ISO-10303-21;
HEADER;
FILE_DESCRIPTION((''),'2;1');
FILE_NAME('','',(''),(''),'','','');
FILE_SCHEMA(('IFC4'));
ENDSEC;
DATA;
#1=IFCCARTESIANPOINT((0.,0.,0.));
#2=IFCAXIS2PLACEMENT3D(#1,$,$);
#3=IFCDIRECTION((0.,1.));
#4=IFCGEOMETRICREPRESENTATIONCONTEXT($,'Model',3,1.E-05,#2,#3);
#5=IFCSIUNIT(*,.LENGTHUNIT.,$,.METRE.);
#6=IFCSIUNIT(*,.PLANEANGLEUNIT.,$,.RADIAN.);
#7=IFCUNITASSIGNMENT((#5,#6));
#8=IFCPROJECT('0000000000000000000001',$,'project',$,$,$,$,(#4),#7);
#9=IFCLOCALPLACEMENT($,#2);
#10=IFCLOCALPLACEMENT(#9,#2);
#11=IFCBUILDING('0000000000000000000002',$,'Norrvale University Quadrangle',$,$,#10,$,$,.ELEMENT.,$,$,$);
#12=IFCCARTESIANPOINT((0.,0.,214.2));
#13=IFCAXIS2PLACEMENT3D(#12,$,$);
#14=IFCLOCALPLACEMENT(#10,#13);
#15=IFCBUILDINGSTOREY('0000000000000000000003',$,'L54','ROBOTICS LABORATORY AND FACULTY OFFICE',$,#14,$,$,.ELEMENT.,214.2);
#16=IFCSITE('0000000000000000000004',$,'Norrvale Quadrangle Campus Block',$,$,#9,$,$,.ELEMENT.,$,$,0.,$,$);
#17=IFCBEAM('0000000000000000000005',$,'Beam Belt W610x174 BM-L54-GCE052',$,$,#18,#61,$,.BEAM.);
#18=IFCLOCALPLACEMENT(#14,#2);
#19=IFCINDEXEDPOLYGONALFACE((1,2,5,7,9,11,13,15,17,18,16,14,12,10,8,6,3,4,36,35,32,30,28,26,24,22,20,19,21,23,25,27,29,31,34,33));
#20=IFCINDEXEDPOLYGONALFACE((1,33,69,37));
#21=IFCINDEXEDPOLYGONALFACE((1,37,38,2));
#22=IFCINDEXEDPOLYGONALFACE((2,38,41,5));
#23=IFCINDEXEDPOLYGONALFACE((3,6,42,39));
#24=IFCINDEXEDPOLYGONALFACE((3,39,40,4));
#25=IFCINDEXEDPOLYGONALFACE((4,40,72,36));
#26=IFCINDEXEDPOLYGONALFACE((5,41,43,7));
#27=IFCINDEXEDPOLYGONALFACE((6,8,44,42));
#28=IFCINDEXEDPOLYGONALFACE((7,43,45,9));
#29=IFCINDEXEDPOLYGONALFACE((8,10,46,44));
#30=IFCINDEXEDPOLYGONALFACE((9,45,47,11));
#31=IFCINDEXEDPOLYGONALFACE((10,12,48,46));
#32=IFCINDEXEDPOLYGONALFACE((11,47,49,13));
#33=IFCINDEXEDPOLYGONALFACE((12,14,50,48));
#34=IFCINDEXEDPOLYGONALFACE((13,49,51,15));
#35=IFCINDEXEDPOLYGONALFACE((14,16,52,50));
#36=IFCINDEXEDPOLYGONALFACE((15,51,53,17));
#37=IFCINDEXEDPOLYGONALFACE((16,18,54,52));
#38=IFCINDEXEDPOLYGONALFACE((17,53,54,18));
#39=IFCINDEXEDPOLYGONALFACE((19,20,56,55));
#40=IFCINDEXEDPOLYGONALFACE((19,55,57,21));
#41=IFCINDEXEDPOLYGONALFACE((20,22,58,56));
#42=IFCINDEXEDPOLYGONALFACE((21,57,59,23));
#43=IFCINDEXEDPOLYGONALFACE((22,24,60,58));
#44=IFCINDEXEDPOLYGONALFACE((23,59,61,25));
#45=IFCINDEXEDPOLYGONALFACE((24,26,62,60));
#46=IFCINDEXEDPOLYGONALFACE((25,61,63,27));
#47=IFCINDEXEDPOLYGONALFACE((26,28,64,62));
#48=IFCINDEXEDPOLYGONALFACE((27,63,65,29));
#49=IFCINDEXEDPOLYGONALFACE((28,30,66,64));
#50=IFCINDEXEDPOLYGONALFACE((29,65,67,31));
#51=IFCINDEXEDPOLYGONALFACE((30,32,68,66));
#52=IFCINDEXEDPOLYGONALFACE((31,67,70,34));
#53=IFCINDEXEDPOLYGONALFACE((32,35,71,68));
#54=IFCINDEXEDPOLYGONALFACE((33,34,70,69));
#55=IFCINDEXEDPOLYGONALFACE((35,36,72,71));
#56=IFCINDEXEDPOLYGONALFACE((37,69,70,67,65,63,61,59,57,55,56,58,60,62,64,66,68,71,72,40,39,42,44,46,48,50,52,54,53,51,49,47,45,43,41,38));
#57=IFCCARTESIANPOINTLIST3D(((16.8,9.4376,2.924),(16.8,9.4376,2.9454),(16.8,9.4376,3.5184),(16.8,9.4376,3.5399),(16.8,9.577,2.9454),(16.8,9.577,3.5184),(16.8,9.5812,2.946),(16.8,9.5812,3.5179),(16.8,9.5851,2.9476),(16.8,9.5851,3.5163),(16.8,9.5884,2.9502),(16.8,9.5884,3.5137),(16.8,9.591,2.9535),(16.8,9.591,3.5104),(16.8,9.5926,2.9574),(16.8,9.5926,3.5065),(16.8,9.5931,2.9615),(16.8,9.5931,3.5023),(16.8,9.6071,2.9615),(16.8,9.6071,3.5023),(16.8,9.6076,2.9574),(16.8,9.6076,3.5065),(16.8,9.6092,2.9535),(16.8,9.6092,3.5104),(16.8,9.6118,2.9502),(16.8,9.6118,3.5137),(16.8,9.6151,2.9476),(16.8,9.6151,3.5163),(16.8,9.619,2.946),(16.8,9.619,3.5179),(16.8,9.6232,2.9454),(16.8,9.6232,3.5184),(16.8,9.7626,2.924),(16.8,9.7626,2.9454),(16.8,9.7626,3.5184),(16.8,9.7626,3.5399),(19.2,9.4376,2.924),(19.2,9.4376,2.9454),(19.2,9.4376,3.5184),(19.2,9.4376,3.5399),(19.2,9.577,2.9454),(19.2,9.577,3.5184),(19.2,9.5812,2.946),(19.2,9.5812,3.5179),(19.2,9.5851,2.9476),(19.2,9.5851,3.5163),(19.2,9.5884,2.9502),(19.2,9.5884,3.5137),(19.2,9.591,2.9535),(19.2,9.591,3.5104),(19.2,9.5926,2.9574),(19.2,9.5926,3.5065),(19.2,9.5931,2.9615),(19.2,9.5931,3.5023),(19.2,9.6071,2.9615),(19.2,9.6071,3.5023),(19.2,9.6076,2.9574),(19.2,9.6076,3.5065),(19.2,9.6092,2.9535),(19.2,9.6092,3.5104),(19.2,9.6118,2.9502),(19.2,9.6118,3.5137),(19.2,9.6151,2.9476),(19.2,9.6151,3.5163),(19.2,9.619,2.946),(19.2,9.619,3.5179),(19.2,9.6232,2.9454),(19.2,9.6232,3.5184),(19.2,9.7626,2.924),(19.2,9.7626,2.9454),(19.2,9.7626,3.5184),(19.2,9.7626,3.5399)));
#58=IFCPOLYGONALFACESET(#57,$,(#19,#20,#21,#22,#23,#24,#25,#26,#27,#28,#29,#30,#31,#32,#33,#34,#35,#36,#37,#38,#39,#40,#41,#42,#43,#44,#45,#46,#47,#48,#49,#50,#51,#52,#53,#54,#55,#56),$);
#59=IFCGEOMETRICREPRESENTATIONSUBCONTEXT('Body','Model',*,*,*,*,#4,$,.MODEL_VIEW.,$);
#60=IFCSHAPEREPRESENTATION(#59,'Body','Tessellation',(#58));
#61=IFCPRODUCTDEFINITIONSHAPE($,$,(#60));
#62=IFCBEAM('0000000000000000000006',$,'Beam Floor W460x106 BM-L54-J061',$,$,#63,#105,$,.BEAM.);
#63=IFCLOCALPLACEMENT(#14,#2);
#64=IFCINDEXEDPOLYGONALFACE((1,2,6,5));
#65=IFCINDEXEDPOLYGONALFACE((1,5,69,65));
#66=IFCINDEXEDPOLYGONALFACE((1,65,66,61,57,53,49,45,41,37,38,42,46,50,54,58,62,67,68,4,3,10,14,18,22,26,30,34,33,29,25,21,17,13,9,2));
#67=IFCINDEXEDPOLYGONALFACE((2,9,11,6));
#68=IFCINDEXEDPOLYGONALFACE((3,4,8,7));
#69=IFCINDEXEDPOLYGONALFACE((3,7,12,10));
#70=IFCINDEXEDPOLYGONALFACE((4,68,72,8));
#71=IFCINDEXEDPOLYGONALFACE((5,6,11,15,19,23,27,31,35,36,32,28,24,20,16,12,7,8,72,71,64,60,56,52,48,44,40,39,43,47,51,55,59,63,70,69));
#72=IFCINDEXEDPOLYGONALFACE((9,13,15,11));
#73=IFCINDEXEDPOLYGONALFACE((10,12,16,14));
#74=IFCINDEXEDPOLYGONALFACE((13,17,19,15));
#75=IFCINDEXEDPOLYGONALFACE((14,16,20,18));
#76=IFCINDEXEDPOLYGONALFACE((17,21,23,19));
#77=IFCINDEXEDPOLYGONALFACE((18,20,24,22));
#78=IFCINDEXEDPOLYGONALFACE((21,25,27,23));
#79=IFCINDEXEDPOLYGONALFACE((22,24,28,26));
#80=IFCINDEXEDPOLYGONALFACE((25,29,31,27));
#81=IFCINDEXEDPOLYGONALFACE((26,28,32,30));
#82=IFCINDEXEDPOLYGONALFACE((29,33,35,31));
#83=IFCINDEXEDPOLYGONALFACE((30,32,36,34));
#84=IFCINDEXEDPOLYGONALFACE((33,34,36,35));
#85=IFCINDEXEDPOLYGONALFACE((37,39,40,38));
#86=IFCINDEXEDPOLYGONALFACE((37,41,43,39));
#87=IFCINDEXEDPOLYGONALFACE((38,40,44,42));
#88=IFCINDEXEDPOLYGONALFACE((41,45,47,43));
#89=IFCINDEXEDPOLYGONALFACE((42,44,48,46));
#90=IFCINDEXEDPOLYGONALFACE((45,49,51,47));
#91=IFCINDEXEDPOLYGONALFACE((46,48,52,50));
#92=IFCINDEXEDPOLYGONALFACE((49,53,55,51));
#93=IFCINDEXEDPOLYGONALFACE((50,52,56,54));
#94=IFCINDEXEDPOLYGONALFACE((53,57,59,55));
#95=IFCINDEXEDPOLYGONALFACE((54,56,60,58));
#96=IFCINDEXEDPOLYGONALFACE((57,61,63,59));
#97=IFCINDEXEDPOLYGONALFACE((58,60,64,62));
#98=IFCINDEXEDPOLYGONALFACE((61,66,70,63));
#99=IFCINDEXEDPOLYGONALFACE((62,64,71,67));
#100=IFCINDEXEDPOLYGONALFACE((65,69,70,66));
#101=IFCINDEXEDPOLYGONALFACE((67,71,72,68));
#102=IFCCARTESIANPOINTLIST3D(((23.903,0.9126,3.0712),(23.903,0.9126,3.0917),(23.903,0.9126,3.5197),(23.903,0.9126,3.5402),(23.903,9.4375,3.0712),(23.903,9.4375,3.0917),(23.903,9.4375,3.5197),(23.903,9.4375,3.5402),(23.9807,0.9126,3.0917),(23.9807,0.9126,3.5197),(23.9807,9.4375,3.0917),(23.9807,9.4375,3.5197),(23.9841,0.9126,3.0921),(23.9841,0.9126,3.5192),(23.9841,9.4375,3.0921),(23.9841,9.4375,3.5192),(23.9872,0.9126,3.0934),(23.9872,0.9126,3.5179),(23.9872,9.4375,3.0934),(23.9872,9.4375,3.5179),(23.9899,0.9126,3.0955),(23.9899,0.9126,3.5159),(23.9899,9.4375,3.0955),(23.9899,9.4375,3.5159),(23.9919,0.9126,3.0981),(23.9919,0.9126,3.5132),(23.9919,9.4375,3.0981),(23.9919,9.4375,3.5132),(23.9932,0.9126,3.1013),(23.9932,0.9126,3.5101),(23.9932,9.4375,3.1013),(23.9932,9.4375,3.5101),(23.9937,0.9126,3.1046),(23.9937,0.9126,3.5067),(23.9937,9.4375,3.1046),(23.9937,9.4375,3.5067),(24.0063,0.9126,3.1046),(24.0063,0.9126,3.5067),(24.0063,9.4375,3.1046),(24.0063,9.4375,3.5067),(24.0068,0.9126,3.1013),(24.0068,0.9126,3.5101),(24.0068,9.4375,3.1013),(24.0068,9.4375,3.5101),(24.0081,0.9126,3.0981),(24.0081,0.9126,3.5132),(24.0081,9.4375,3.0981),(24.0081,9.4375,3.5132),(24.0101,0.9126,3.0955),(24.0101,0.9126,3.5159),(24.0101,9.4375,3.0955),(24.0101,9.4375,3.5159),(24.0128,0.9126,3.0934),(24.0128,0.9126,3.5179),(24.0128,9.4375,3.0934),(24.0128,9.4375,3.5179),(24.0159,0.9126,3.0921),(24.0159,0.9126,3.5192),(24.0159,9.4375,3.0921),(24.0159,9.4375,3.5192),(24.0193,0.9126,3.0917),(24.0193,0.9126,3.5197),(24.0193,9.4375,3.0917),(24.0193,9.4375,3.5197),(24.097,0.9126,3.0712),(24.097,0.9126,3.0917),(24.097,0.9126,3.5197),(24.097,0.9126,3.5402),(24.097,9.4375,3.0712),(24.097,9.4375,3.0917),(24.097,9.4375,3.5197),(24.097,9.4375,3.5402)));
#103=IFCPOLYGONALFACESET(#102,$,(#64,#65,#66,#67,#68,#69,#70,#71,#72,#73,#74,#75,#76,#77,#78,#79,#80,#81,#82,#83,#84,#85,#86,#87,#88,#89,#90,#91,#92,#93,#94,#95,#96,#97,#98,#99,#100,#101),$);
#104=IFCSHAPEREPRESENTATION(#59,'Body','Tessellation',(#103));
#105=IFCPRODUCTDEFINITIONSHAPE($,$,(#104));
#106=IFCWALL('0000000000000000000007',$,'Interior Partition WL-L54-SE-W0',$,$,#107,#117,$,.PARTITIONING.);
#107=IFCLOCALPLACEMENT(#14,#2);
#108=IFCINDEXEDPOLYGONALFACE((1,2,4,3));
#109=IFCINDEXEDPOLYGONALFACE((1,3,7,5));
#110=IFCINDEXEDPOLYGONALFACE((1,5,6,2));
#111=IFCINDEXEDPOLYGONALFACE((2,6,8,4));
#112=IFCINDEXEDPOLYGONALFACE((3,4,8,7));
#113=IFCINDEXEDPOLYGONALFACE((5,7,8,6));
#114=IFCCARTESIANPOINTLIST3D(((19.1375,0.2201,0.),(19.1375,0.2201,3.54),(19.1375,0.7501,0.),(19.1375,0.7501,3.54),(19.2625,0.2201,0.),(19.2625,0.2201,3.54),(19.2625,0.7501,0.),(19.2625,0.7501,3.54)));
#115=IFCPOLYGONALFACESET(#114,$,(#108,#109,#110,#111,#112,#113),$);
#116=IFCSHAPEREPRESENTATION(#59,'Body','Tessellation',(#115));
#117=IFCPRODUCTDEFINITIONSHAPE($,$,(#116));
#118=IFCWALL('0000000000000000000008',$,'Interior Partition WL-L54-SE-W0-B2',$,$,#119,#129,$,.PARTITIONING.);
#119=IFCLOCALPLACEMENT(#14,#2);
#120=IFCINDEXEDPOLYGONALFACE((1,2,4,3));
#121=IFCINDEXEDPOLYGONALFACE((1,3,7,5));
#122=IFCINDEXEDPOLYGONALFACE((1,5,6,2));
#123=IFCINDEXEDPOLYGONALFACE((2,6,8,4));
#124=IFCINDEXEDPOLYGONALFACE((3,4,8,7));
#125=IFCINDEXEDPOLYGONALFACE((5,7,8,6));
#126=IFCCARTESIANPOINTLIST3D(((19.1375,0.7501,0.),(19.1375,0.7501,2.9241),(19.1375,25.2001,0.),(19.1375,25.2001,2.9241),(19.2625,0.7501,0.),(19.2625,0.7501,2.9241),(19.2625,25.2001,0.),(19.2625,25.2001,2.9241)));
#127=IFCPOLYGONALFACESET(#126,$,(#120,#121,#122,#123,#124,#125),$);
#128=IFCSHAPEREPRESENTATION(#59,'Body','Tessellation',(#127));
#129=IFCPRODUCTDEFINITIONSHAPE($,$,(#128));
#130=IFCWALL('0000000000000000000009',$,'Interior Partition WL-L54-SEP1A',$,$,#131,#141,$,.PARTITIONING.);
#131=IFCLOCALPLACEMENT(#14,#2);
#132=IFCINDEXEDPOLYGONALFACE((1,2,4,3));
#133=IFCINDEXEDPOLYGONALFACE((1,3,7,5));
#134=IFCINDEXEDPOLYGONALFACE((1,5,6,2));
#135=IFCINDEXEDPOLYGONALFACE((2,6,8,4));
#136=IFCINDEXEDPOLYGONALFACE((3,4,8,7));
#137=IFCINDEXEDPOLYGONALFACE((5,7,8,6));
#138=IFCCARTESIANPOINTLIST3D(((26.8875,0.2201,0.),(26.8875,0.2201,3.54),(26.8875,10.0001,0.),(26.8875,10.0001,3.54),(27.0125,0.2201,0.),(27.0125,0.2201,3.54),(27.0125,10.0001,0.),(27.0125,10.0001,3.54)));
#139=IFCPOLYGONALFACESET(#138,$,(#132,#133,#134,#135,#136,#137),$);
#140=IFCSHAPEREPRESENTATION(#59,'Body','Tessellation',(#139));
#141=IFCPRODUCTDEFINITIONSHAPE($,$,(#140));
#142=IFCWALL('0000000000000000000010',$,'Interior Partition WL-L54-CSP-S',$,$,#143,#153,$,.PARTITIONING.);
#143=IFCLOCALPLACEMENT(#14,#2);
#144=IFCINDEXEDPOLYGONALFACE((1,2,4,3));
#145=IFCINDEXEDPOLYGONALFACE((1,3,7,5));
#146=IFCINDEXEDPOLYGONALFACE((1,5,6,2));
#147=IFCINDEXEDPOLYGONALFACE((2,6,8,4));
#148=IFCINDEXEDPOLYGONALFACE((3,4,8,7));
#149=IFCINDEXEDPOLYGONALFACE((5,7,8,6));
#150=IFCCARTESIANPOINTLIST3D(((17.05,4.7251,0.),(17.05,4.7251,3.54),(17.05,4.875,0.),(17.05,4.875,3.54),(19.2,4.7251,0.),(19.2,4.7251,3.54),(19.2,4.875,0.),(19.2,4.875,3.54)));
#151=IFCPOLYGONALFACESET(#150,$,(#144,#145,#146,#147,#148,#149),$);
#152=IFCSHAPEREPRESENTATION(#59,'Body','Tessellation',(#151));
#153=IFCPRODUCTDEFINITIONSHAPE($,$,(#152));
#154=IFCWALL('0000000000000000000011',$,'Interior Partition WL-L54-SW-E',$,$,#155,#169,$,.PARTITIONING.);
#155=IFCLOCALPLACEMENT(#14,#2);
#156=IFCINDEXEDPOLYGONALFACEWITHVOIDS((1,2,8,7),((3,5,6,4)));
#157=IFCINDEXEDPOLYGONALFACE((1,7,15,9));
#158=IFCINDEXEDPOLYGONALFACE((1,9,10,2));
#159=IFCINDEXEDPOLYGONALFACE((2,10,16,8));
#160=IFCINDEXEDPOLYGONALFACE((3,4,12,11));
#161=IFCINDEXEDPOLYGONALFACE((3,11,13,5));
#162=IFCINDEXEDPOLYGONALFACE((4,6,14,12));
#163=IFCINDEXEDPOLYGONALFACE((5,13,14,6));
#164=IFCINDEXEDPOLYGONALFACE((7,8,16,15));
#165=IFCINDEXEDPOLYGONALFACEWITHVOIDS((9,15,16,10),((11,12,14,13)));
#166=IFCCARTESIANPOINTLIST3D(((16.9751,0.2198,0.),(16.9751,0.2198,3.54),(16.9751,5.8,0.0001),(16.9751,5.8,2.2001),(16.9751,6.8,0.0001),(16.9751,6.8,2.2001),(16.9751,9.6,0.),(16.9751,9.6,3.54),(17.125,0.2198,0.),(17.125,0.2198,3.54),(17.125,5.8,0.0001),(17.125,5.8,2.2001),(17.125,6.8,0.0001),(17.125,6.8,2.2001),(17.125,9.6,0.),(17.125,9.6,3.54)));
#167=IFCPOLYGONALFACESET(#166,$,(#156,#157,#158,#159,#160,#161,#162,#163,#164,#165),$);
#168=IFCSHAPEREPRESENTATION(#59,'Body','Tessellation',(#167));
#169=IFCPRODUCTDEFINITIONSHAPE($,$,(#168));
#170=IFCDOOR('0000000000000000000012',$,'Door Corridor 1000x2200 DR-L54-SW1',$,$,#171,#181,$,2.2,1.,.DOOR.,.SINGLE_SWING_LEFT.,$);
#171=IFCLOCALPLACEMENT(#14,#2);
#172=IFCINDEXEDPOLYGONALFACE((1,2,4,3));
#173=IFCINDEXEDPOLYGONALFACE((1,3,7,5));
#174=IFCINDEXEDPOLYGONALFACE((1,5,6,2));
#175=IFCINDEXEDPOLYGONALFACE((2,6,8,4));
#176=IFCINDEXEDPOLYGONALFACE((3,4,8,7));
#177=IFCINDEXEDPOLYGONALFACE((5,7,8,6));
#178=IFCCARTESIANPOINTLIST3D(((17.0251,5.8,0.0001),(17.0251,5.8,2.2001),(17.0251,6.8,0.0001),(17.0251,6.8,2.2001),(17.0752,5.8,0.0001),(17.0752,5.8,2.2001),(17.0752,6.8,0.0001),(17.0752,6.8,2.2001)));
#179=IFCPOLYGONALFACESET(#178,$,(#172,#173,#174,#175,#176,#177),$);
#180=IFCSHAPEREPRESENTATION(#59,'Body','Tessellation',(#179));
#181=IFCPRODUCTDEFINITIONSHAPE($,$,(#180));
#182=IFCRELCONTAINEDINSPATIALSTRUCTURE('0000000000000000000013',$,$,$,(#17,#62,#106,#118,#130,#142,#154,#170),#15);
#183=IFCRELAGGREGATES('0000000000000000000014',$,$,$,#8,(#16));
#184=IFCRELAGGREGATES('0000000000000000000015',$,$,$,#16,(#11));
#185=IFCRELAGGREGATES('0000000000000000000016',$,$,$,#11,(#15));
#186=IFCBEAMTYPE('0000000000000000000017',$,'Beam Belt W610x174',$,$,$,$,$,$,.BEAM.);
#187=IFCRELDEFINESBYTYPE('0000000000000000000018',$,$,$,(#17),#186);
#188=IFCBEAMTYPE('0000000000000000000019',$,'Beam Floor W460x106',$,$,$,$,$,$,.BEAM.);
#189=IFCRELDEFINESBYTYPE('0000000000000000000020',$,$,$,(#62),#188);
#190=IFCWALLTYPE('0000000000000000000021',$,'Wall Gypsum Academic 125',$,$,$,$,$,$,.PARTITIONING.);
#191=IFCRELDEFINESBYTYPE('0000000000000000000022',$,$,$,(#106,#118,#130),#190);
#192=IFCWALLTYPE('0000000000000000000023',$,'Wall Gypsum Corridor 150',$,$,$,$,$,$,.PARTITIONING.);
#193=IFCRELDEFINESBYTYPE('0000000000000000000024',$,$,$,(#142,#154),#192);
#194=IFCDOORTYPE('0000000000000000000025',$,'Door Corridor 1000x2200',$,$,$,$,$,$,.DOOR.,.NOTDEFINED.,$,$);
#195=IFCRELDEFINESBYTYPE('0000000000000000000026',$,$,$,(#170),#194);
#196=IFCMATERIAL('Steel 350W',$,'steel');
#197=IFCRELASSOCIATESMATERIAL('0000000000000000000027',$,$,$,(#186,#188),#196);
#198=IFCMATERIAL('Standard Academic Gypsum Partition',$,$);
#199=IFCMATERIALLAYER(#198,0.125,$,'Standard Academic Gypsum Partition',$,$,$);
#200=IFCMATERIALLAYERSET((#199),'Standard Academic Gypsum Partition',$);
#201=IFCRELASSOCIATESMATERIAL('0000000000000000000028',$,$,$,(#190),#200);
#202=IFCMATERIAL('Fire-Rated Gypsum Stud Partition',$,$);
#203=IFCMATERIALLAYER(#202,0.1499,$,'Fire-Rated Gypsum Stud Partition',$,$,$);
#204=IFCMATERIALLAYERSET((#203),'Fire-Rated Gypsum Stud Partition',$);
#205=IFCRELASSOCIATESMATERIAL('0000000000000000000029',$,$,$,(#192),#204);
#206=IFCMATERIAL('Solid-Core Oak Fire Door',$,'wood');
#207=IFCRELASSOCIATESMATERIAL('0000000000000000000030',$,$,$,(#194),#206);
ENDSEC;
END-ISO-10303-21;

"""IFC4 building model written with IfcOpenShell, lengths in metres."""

from ifc_helpers import new_model, si_unit, direction, frame, frame_2d, origin, origin_2d, place, context, subcontext, project, spatial, rectangle, i_section, extrude, material, layer, layer_set, material_profile, profile_set, type_object, element, fill, save


model = new_model("IFC4")

# Units and contexts
model_context = context("Model", 3, precision=1e-05, world=origin(), true_north=direction((0.0, 1.0)))
body_context = subcontext(model_context, "Body", "Model", "MODEL_VIEW")
ifc_project = project(units=[si_unit("LENGTHUNIT", "METRE"), si_unit("PLANEANGLEUNIT", "RADIAN")], contexts=[model_context])

# Site, building, storey
site_placement = place(None, origin())
site = spatial("IfcSite", under=ifc_project, at=site_placement, Name="Norrvale Quadrangle Campus Block", CompositionType="ELEMENT", RefElevation=0.0)
building_placement = place(site_placement, origin())
building = spatial("IfcBuilding", under=site, at=building_placement, Name="Norrvale University Quadrangle", CompositionType="ELEMENT")
storey_placement = place(building_placement, frame((0.0, 0.0, 214.2)))
storey = spatial("IfcBuildingStorey", under=building, at=storey_placement, Name="L54", Description="ROBOTICS LABORATORY AND FACULTY OFFICE", CompositionType="ELEMENT", Elevation=214.2)

# Beams
ifc_material_1 = material(Name="Steel 350W", Category="steel")
ifc_material_profile_1 = material_profile(ifc_material_1, i_section(OverallWidth=0.325, OverallDepth=0.616, WebThickness=0.0139, FlangeThickness=0.0215, FilletRadius=0.0161, at=origin_2d()), Name="Steel 350W")
ifc_profile_set_1 = profile_set([ifc_material_profile_1], Name="Steel 350W")
beam_type_1 = type_object("IfcBeamType", Name="Beam Belt W610x174", PredefinedType="BEAM", material=ifc_profile_set_1)
beam_1_placement = place(storey_placement, frame((16.8, 9.6001, 3.2319), z_axis=(1.0, 0.0, 0.0), x_axis=(0.0, 1.0, 0.0)))
element("IfcBeam", 1, at=beam_1_placement, inside=storey, type_object=beam_type_1, Name="Beam Belt W610x174 BM-L54-GCE052", PredefinedType="BEAM", context=body_context, shape_type="SweptSolid", body=[
    extrude(i_section(OverallWidth=0.325, OverallDepth=0.616, WebThickness=0.0139, FlangeThickness=0.0215, FilletRadius=0.0161, at=origin_2d()), origin(), (0.0, 0.0, 1.0), 2.3999),
])
ifc_material_profile_2 = material_profile(ifc_material_1, i_section(OverallWidth=0.1941, OverallDepth=0.469, WebThickness=0.0127, FlangeThickness=0.0205, FilletRadius=0.0129, at=origin_2d()), Name="Steel 350W")
ifc_profile_set_2 = profile_set([ifc_material_profile_2], Name="Steel 350W")
beam_type_2 = type_object("IfcBeamType", Name="Beam Floor W460x106", PredefinedType="BEAM", material=ifc_profile_set_2)
beam_2_placement = place(storey_placement, frame((24.0, 0.9126, 3.3057), z_axis=(0.0, 1.0, 0.0), x_axis=(-1.0, 0.0, 0.0)))
element("IfcBeam", 2, at=beam_2_placement, inside=storey, type_object=beam_type_2, Name="Beam Floor W460x106 BM-L54-J061", PredefinedType="BEAM", context=body_context, shape_type="SweptSolid", body=[
    extrude(i_section(OverallWidth=0.1941, OverallDepth=0.469, WebThickness=0.0127, FlangeThickness=0.0205, FilletRadius=0.0129, at=origin_2d()), origin(), (0.0, 0.0, 1.0), 8.5249),
])

# Walls
ifc_material_2 = material(Name="Standard Academic Gypsum Partition")
ifc_layer_1 = layer(ifc_material_2, 0.125, Name="Standard Academic Gypsum Partition")
ifc_layer_set_1 = layer_set([ifc_layer_1], Name="Standard Academic Gypsum Partition")
wall_type_1 = type_object("IfcWallType", Name="Wall Gypsum Academic 125", PredefinedType="PARTITIONING", material=ifc_layer_set_1)
wall_1_placement = place(storey_placement, frame((19.2, 0.22, 0.0), z_axis=(0.0, 0.0, 1.0), x_axis=(0.0, 1.0, 0.0)))
element("IfcWall", 3, at=wall_1_placement, inside=storey, type_object=wall_type_1, Name="Interior Partition WL-L54-SE-W0", PredefinedType="PARTITIONING", context=body_context, shape_type="SweptSolid", body=[
    extrude(rectangle(XDim=0.53, YDim=0.125, at=frame_2d((0.2651, 0.0))), origin(), (0.0, 0.0, 1.0), 3.54),
])
wall_2_placement = place(storey_placement, frame((19.2, 0.75, 0.0), z_axis=(0.0, 0.0, 1.0), x_axis=(0.0, 1.0, 0.0)))
element("IfcWall", 4, at=wall_2_placement, inside=storey, type_object=wall_type_1, Name="Interior Partition WL-L54-SE-W0-B2", PredefinedType="PARTITIONING", context=body_context, shape_type="SweptSolid", body=[
    extrude(rectangle(XDim=24.45, YDim=0.125, at=frame_2d((12.2251, 0.0))), origin(), (0.0, 0.0, 1.0), 2.9241),
])
wall_3_placement = place(storey_placement, frame((26.95, 0.22, 0.0), z_axis=(0.0, 0.0, 1.0), x_axis=(0.0, 1.0, 0.0)))
element("IfcWall", 5, at=wall_3_placement, inside=storey, type_object=wall_type_1, Name="Interior Partition WL-L54-SEP1A", PredefinedType="PARTITIONING", context=body_context, shape_type="SweptSolid", body=[
    extrude(rectangle(XDim=9.78, YDim=0.125, at=frame_2d((4.8901, 0.0))), origin(), (0.0, 0.0, 1.0), 3.54),
])
ifc_material_3 = material(Name="Fire-Rated Gypsum Stud Partition")
ifc_layer_2 = layer(ifc_material_3, 0.1499, Name="Fire-Rated Gypsum Stud Partition")
ifc_layer_set_2 = layer_set([ifc_layer_2], Name="Fire-Rated Gypsum Stud Partition")
wall_type_2 = type_object("IfcWallType", Name="Wall Gypsum Corridor 150", PredefinedType="PARTITIONING", material=ifc_layer_set_2)
wall_4_placement = place(storey_placement, frame((17.05, 4.8, 0.0), z_axis=(0.0, 0.0, 1.0), x_axis=(1.0, 0.0, 0.0)))
element("IfcWall", 6, at=wall_4_placement, inside=storey, type_object=wall_type_2, Name="Interior Partition WL-L54-CSP-S", PredefinedType="PARTITIONING", context=body_context, shape_type="SweptSolid", body=[
    extrude(rectangle(XDim=2.1499, YDim=0.1499, at=frame_2d((1.075, 0.0))), origin(), (0.0, 0.0, 1.0), 3.54),
])

# Wall, opening, door
wall_5_placement = place(storey_placement, frame((17.05, 0.22, 0.0), z_axis=(0.0, 0.0, 1.0), x_axis=(0.0, 1.0, 0.0)))
wall_5 = element("IfcWall", 7, at=wall_5_placement, inside=storey, type_object=wall_type_2, Name="Interior Partition WL-L54-SW-E", PredefinedType="PARTITIONING", context=body_context, shape_type="SweptSolid", body=[
    extrude(rectangle(XDim=9.3801, YDim=0.1499, at=frame_2d((4.6899, 0.0))), origin(), (0.0, 0.0, 1.0), 3.54),
])
opening_placement = place(wall_5_placement, frame((5.5801, 0.0, 0.0)))
opening = element("IfcOpeningElement", 8, at=opening_placement, cuts=wall_5, PredefinedType="OPENING", context=body_context, shape_type="SweptSolid", body=[
    extrude(rectangle(XDim=1.0, YDim=2.2, at=frame_2d((0.5, 1.1001))), frame((0.0, 0.0869, 0.0), z_axis=(0.0, -1.0, 0.0), x_axis=(1.0, 0.0, 0.0)), (0.0, 0.0, 1.0), 0.1738),
])
ifc_material_4 = material(Name="Solid-Core Oak Fire Door", Category="wood")
door_type = type_object("IfcDoorType", Name="Door Corridor 1000x2200", OperationType="NOTDEFINED", PredefinedType="DOOR", material=ifc_material_4)
door_placement = place(opening_placement, origin())
door = element("IfcDoor", 9, at=door_placement, inside=storey, type_object=door_type, Name="Door Corridor 1000x2200 DR-L54-SW1", OperationType="SINGLE_SWING_LEFT", OverallHeight=2.2, OverallWidth=1.0, PredefinedType="DOOR", context=body_context, shape_type="SweptSolid", body=[
    extrude(rectangle(XDim=1.0, YDim=2.2, at=frame_2d((0.5, 1.1001))), frame((0.0, 0.0249, 0.0), z_axis=(0.0, -1.0, 0.0), x_axis=(1.0, 0.0, 0.0)), (0.0, 0.0, 1.0), 0.05),
])
fill(opening, door)

save(model, "model.ifc")
